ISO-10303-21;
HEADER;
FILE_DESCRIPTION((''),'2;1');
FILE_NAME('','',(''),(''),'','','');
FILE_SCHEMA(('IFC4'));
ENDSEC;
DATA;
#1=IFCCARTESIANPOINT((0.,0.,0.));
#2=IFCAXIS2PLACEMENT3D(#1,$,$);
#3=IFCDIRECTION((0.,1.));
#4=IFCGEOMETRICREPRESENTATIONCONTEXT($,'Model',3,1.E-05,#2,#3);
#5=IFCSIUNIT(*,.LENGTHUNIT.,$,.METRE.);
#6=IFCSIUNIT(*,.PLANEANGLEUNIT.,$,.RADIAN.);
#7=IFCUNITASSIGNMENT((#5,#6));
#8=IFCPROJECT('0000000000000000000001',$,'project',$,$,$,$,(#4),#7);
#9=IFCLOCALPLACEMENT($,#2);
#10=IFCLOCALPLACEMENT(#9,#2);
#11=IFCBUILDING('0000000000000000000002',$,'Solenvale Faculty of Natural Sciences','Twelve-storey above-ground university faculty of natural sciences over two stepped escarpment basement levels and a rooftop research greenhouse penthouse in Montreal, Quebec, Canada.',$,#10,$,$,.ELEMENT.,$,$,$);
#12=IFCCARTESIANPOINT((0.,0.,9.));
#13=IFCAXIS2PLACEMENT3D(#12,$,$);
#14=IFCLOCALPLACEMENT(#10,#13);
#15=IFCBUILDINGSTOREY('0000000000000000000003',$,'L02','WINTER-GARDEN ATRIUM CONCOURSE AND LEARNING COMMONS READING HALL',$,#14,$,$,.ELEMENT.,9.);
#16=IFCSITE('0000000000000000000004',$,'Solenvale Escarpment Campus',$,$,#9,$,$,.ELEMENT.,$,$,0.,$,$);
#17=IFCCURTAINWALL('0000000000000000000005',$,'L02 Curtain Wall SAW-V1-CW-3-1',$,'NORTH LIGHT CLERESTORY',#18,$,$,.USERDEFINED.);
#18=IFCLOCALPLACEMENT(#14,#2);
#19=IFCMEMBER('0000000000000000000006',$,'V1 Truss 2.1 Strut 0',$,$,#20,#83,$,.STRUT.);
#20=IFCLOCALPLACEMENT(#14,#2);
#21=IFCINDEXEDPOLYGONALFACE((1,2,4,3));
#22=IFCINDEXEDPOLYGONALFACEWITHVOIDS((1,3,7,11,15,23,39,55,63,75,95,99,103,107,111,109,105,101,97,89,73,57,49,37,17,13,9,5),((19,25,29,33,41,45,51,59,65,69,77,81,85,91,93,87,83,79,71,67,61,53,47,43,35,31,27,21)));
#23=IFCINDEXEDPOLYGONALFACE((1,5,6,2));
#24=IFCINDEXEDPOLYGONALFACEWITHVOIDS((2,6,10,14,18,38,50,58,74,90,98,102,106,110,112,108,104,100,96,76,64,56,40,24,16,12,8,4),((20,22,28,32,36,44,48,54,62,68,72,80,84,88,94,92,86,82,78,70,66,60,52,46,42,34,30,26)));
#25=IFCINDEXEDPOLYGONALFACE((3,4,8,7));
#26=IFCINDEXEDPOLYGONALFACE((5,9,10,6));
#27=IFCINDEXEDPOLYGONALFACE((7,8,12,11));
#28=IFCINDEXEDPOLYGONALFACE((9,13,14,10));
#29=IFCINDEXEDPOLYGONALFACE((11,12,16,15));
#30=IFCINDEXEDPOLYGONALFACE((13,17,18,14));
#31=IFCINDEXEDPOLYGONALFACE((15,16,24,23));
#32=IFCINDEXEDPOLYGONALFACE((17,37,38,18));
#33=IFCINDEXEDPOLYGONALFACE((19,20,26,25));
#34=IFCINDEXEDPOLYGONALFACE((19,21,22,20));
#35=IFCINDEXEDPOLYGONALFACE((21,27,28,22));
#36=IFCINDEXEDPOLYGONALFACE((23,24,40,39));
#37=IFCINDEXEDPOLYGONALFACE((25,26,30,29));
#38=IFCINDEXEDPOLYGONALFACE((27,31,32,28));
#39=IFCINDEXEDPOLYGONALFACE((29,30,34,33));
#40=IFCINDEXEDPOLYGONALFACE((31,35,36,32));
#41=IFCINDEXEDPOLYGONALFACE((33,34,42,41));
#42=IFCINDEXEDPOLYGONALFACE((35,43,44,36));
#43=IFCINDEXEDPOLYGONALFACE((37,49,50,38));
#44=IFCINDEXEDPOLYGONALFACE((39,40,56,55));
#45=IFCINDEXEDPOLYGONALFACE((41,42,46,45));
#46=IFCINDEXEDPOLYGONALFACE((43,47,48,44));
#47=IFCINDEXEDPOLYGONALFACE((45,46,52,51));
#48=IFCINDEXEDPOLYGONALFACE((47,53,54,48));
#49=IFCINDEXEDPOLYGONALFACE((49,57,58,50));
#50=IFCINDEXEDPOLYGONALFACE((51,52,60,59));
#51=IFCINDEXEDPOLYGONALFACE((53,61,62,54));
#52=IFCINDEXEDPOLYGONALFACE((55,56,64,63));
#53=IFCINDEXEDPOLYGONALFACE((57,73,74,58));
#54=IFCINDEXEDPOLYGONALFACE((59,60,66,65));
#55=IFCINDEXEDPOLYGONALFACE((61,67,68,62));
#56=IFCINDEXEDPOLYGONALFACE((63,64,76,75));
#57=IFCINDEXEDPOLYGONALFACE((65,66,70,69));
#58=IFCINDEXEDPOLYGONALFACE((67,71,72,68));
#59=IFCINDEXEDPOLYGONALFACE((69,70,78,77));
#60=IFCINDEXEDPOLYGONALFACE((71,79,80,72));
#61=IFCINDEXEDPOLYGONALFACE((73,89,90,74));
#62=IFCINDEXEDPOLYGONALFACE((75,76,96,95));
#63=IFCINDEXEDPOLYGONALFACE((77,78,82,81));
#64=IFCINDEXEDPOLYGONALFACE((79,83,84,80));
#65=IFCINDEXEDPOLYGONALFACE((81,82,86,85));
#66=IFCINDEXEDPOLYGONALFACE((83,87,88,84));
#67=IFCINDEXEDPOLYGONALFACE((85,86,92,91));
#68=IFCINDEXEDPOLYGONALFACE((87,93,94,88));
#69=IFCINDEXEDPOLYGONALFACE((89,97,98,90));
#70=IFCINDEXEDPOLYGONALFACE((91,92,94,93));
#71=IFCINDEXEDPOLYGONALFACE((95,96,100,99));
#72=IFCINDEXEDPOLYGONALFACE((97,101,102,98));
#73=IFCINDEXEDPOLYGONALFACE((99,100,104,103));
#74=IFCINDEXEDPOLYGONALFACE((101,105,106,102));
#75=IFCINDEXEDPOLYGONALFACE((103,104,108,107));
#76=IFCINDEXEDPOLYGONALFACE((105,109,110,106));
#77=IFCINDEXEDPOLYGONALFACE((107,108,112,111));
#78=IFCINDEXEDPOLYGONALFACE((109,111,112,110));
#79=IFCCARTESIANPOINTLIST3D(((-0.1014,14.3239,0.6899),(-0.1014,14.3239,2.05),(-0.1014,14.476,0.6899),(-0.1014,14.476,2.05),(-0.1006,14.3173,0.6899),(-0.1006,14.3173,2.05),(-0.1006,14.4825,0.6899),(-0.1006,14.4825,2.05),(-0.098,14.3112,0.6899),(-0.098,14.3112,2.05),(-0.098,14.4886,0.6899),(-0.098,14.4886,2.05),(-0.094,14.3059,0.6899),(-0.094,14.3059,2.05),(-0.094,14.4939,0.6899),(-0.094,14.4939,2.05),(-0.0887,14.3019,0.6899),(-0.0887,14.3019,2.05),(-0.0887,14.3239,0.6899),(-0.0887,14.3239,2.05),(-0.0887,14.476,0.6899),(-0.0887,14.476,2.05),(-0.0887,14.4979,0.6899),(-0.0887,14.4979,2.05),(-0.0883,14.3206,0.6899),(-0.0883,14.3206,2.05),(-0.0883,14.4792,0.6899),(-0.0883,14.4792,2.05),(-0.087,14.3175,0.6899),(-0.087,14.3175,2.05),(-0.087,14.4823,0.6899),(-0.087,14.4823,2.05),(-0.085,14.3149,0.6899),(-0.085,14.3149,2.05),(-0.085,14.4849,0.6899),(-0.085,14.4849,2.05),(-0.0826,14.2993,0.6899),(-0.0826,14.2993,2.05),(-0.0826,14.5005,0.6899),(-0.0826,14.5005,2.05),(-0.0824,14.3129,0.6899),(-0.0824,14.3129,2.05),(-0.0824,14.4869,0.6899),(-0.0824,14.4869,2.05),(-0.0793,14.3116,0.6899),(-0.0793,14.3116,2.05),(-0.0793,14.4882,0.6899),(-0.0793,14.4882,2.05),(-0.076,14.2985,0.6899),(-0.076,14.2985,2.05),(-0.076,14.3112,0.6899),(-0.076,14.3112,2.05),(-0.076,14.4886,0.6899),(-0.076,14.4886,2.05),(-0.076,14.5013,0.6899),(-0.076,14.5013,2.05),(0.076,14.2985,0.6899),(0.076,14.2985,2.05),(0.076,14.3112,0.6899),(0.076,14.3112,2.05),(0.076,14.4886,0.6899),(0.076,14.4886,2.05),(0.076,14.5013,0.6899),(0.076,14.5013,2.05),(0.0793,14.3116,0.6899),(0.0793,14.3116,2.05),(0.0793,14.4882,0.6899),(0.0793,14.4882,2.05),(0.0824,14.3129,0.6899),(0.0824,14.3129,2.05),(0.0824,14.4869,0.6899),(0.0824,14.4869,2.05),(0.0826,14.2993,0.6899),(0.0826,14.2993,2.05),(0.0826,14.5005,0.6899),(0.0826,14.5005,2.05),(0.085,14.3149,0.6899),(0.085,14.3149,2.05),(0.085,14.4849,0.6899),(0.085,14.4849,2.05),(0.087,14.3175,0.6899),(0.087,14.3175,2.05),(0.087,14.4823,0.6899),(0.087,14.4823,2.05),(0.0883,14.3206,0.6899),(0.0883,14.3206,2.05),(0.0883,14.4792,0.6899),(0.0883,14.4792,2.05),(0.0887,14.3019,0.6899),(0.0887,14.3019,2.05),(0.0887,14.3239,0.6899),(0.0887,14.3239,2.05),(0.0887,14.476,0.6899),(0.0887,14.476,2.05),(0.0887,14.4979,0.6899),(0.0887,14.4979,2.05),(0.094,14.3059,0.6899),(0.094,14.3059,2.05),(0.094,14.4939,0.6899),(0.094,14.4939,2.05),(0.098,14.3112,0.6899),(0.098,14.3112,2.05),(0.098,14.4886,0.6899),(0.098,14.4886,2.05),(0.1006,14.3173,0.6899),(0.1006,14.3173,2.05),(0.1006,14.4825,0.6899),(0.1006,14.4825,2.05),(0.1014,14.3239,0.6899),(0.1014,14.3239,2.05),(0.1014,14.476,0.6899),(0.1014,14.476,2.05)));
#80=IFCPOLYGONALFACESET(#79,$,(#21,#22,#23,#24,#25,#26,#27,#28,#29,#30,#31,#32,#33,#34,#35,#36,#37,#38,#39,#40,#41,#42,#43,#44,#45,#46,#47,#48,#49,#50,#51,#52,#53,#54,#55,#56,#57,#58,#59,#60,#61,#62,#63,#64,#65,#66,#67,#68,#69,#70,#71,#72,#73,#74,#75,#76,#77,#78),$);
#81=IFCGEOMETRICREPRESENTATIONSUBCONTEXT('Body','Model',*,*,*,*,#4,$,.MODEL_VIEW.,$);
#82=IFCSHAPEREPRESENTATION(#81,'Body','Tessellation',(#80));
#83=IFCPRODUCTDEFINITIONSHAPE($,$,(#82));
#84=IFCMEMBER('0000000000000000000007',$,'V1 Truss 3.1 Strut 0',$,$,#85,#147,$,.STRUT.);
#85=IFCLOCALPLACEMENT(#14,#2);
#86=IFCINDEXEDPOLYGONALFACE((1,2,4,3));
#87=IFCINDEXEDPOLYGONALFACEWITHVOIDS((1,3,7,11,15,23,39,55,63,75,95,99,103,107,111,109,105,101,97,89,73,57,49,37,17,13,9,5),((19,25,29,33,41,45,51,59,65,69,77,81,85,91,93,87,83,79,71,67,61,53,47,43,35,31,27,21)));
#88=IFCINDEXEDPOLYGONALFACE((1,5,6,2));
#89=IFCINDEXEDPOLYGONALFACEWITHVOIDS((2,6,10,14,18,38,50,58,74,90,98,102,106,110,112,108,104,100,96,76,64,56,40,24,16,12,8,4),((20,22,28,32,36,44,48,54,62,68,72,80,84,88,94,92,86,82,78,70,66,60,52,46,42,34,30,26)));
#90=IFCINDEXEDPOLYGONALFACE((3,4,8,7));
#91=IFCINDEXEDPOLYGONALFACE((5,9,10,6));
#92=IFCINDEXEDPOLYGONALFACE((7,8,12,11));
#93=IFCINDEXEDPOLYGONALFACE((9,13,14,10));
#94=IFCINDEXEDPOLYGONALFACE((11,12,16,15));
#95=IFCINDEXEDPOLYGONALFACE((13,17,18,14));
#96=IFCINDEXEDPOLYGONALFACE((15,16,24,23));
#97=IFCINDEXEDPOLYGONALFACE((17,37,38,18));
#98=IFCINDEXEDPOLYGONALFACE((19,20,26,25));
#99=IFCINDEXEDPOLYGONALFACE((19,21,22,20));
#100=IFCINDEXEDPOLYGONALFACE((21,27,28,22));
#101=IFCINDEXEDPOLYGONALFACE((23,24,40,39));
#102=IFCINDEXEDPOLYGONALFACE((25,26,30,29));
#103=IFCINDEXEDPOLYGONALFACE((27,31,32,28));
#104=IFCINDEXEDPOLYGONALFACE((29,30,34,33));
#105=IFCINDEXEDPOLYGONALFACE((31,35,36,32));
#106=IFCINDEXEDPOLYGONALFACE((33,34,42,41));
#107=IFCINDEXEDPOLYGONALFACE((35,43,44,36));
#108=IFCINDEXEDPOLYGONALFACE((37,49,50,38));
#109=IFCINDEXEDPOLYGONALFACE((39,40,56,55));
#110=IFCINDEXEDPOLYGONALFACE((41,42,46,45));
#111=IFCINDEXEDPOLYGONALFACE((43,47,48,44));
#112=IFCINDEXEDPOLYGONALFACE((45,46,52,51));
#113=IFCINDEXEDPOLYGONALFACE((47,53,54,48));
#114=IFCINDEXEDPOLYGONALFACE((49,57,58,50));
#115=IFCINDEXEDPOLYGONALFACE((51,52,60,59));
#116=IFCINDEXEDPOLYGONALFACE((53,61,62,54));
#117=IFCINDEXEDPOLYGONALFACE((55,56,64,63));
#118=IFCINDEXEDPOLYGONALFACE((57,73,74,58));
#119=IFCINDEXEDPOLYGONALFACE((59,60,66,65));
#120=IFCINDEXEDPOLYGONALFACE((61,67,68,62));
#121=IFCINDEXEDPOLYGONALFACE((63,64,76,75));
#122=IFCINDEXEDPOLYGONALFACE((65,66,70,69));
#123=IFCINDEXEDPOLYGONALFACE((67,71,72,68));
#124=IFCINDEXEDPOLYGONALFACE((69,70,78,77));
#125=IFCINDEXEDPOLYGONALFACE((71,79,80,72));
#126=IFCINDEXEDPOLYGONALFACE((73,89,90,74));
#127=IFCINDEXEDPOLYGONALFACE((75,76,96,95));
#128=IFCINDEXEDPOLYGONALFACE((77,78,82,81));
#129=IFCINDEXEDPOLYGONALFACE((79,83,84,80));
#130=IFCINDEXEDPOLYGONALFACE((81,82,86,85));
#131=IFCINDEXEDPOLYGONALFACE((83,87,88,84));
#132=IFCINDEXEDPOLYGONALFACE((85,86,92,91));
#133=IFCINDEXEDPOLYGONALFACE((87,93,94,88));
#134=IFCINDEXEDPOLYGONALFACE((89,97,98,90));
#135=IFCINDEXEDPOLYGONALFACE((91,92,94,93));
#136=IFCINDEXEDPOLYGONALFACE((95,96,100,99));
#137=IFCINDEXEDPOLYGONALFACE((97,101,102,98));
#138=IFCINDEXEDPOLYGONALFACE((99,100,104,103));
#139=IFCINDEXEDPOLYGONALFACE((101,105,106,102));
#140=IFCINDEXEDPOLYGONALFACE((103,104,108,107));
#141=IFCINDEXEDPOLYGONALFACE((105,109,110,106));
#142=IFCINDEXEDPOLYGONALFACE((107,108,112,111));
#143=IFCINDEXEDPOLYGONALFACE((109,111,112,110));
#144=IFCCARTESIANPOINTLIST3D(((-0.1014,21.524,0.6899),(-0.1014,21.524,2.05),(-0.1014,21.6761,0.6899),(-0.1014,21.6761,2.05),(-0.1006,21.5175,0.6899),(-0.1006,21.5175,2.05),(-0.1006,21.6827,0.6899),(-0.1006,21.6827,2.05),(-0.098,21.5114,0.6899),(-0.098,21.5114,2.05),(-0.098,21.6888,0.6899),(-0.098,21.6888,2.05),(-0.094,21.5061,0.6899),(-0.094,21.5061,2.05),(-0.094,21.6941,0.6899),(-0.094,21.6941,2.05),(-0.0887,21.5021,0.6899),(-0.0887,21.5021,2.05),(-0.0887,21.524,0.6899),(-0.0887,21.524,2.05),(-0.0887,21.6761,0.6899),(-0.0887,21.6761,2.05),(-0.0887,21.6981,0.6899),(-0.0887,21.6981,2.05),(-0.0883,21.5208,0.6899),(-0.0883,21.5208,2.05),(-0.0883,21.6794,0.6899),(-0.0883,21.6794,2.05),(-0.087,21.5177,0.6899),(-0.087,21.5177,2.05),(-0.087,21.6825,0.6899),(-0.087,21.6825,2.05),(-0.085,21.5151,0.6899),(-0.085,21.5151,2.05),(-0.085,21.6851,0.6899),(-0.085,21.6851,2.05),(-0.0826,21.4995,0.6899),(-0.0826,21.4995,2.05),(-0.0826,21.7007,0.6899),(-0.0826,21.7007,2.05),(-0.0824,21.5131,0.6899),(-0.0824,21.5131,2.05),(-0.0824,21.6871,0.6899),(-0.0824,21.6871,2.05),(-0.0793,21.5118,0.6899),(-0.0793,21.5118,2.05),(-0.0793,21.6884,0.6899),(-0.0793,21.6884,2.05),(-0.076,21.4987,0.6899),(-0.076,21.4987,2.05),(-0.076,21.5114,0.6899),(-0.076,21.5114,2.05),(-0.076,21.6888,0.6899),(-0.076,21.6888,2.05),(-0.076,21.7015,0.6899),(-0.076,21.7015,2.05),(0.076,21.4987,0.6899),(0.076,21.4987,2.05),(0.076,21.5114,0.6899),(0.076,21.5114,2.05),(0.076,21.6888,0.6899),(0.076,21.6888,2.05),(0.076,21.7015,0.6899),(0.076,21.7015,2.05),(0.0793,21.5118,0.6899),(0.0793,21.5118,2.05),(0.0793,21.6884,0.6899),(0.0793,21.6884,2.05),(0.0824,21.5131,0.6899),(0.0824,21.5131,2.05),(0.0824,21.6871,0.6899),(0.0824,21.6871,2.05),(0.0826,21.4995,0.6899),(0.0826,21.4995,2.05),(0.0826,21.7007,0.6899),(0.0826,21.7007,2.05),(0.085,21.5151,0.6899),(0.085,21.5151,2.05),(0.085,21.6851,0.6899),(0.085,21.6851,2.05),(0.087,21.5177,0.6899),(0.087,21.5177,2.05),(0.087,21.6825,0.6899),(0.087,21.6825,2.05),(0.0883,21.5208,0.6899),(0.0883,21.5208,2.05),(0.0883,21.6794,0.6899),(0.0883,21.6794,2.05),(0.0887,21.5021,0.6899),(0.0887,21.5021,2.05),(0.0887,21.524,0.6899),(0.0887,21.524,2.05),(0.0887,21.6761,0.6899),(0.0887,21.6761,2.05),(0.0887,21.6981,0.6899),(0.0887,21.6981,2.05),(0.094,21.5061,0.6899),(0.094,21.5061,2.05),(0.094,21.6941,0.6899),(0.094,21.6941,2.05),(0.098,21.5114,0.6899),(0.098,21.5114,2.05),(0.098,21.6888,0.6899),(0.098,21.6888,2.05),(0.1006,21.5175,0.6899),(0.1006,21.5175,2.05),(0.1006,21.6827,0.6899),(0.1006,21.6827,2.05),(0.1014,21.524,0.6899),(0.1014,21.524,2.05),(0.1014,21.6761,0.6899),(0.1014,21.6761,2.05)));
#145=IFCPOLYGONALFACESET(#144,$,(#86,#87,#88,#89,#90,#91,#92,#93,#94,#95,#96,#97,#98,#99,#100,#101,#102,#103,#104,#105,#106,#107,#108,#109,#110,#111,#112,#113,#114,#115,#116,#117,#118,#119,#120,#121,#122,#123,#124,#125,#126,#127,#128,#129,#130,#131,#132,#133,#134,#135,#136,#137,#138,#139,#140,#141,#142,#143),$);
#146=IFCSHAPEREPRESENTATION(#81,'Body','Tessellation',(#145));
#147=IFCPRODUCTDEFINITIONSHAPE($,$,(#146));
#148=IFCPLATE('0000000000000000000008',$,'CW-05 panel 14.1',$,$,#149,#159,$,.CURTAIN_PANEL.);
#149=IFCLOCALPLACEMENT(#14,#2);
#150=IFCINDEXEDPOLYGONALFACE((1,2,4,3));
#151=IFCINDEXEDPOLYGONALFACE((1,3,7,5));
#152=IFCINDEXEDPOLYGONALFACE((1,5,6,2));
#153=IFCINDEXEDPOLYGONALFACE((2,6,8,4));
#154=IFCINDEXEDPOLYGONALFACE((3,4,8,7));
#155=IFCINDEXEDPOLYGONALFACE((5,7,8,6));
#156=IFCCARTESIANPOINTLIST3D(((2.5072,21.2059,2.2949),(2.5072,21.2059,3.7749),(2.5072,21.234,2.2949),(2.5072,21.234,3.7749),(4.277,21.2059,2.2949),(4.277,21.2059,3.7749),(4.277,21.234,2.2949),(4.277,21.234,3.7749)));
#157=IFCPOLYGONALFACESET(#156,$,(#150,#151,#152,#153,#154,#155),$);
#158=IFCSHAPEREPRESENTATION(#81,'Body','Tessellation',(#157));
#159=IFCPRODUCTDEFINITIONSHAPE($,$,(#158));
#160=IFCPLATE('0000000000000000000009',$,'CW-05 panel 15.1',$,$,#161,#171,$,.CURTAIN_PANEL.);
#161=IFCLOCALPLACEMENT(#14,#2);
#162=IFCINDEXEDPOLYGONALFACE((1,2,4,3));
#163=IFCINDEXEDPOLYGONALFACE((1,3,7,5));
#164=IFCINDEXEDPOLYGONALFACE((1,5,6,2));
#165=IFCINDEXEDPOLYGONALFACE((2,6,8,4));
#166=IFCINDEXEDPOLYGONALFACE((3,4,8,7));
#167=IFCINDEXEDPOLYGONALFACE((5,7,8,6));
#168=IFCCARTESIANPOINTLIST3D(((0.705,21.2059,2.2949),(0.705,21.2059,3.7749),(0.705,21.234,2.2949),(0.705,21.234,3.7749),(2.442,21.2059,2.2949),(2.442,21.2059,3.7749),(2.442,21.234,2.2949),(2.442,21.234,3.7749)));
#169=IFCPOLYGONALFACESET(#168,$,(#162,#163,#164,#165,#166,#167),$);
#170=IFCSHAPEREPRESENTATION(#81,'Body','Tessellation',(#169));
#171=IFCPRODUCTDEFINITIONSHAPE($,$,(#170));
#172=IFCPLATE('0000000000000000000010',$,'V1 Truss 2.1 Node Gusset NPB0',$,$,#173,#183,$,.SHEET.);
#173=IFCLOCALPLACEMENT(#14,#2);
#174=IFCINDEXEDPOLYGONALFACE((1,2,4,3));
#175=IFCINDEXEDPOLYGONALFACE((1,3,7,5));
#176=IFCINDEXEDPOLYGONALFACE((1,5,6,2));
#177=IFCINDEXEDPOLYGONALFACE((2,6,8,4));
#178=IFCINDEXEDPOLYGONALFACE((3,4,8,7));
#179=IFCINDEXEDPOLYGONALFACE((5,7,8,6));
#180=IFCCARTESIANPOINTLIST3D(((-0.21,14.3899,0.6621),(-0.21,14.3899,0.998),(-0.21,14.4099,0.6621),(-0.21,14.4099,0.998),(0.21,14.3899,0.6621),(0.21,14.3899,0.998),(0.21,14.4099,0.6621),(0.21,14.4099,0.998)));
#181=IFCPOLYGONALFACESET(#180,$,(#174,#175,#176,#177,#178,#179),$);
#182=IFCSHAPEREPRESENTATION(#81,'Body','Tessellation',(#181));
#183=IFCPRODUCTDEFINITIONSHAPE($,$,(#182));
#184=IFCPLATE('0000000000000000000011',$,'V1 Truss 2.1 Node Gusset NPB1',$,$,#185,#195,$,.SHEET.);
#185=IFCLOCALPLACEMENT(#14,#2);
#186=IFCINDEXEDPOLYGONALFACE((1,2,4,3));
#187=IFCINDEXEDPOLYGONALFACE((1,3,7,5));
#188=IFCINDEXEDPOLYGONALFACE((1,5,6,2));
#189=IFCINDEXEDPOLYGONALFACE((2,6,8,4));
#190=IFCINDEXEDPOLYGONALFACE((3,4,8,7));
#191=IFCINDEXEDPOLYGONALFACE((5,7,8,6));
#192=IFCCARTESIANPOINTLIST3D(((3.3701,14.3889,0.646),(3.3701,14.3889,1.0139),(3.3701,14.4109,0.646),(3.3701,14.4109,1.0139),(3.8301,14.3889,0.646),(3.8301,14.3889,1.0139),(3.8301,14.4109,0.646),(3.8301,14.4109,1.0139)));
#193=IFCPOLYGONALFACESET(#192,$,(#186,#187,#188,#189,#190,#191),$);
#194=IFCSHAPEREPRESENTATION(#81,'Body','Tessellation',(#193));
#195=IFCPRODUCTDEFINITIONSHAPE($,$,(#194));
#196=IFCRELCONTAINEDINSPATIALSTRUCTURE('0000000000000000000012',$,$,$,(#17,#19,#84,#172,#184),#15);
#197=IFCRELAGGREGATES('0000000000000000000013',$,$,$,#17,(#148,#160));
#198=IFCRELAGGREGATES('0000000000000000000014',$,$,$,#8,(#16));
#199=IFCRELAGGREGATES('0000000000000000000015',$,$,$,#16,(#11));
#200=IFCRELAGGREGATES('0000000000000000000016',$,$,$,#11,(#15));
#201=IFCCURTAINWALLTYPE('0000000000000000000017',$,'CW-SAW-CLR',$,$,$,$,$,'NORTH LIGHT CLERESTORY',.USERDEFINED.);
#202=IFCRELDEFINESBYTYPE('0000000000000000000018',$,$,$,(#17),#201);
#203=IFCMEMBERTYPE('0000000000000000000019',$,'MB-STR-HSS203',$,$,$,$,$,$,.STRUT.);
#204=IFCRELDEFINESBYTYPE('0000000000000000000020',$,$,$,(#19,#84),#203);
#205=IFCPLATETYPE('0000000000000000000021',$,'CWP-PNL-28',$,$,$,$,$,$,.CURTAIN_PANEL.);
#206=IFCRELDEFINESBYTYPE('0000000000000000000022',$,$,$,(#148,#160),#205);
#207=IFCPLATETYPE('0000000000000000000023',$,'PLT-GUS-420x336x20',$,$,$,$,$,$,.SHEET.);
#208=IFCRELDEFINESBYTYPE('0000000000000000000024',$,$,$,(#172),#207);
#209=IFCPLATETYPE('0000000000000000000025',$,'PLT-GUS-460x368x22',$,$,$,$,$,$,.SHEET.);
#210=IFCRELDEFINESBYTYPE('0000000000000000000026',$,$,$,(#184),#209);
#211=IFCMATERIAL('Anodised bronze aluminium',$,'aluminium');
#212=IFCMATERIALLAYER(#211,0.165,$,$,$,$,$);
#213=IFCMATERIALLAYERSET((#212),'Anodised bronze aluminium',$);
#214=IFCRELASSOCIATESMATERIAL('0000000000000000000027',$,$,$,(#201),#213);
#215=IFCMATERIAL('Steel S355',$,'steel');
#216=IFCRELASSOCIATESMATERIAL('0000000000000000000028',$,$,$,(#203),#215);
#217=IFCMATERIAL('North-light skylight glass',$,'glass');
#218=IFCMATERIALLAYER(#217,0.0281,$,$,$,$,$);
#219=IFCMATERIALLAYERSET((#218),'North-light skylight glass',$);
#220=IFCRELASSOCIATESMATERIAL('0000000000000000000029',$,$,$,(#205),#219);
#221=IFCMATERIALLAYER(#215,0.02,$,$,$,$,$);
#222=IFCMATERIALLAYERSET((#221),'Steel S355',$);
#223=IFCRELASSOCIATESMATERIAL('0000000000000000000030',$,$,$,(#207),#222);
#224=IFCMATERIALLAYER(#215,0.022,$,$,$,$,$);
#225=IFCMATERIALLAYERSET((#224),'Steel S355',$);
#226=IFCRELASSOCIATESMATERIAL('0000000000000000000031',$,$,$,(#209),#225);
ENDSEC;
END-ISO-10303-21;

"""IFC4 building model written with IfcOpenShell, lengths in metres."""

from ifc_helpers import new_model, si_unit, direction, frame, origin, origin_2d, place, context, subcontext, project, spatial, rectangle, hollow_rectangle, extrude, material, layer, layer_set, material_profile, profile_set, type_object, element, aggregate, save


model = new_model("IFC4")

# Units and contexts
model_context = context("Model", 3, precision=1e-05, world=origin(), true_north=direction((0.0, 1.0)))
body_context = subcontext(model_context, "Body", "Model", "MODEL_VIEW")
ifc_project = project(units=[si_unit("LENGTHUNIT", "METRE"), si_unit("PLANEANGLEUNIT", "RADIAN")], contexts=[model_context])

# Site, building, storey
site_placement = place(None, origin())
site = spatial("IfcSite", under=ifc_project, at=site_placement, Name="Solenvale Escarpment Campus", CompositionType="ELEMENT", RefElevation=0.0)
building_placement = place(site_placement, origin())
building = spatial("IfcBuilding", under=site, at=building_placement, Name="Solenvale Faculty of Natural Sciences", Description="Twelve-storey above-ground university faculty of natural sciences over two stepped escarpment basement levels and a rooftop research greenhouse penthouse in Montreal, Quebec, Canada.", CompositionType="ELEMENT")
storey_placement = place(building_placement, frame((0.0, 0.0, 9.0)))
storey = spatial("IfcBuildingStorey", under=building, at=storey_placement, Name="L02", Description="WINTER-GARDEN ATRIUM CONCOURSE AND LEARNING COMMONS READING HALL", CompositionType="ELEMENT", Elevation=9.0)

# Shared definitions
ifc_material_1 = material(Name="Steel S355", Category="steel")

# Curtain wall
ifc_material_2 = material(Name="Anodised bronze aluminium", Category="aluminium")
ifc_layer_1 = layer(ifc_material_2, 0.165)
ifc_layer_set_1 = layer_set([ifc_layer_1], Name="Anodised bronze aluminium")
curtain_wall_type = type_object("IfcCurtainWallType", Name="CW-SAW-CLR", ElementType="NORTH LIGHT CLERESTORY", PredefinedType="USERDEFINED", material=ifc_layer_set_1)
curtain_wall_placement = place(storey_placement, origin())
curtain_wall = element("IfcCurtainWall", 1, at=curtain_wall_placement, inside=storey, type_object=curtain_wall_type, Name="L02 Curtain Wall SAW-V1-CW-3-1", ObjectType="NORTH LIGHT CLERESTORY", PredefinedType="USERDEFINED")

# Members
ifc_material_profile_1 = material_profile(ifc_material_1, hollow_rectangle(XDim=0.2029, YDim=0.2029, WallThickness=0.0127, InnerFilletRadius=0.0127, OuterFilletRadius=0.0254, at=origin_2d()), Name="HSS203x203x13")
ifc_profile_set_1 = profile_set([ifc_material_profile_1], Name="Steel S355")
member_type_1 = type_object("IfcMemberType", Name="MB-STR-HSS203", PredefinedType="STRUT", material=ifc_profile_set_1)
for number, where, z_axis, x_axis, name in (
    (2, (0.0, 14.3999, 0.6899), (0.0, 0.0, 1.0), (1.0, 0.0, 0.0), "V1 Truss 2.1 Strut 0"),
    (3, (0.0, 21.6001, 0.6899), (0.0, 0.0, 1.0), (1.0, 0.0, 0.0), "V1 Truss 3.1 Strut 0"),
):
    element("IfcMember", number, at=place(storey_placement, frame(where, z_axis=z_axis, x_axis=x_axis)), inside=storey, type_object=member_type_1, Name=name, PredefinedType="STRUT", context=body_context, shape_type="SweptSolid", body=[
        extrude(hollow_rectangle(XDim=0.2029, YDim=0.2029, WallThickness=0.0127, InnerFilletRadius=0.0127, OuterFilletRadius=0.0254, at=origin_2d()), origin(), (0.0, 0.0, 1.0), 1.3601),
    ])

# Plates
ifc_material_3 = material(Name="North-light skylight glass", Category="glass")
ifc_layer_2 = layer(ifc_material_3, 0.0281)
ifc_layer_set_2 = layer_set([ifc_layer_2], Name="North-light skylight glass")
plate_type_1 = type_object("IfcPlateType", Name="CWP-PNL-28", PredefinedType="CURTAIN_PANEL", material=ifc_layer_set_2)
plate_1_placement = place(storey_placement, frame((3.3921, 21.22, 2.2949), z_axis=(0.0, 0.0, 1.0), x_axis=(-1.0, 0.0, 0.0)))
plate_1 = element("IfcPlate", 4, at=plate_1_placement, type_object=plate_type_1, Name="CW-05 panel 14.1", PredefinedType="CURTAIN_PANEL", context=body_context, shape_type="SweptSolid", body=[
    extrude(rectangle(XDim=1.7698, YDim=0.0281, at=origin_2d()), origin(), (0.0, 0.0, 1.0), 1.48),
])
plate_2_placement = place(storey_placement, frame((1.5735, 21.22, 2.2949), z_axis=(0.0, 0.0, 1.0), x_axis=(-1.0, 0.0, 0.0)))
plate_2 = element("IfcPlate", 5, at=plate_2_placement, type_object=plate_type_1, Name="CW-05 panel 15.1", PredefinedType="CURTAIN_PANEL", context=body_context, shape_type="SweptSolid", body=[
    extrude(rectangle(XDim=1.7371, YDim=0.0281, at=origin_2d()), origin(), (0.0, 0.0, 1.0), 1.48),
])
aggregate(curtain_wall, [plate_1, plate_2])

# Plates
ifc_layer_3 = layer(ifc_material_1, 0.02)
ifc_layer_set_3 = layer_set([ifc_layer_3], Name="Steel S355")
plate_type_2 = type_object("IfcPlateType", Name="PLT-GUS-420x336x20", PredefinedType="SHEET", material=ifc_layer_set_3)
plate_3_placement = place(storey_placement, frame((0.0, 14.3999, 0.6621), z_axis=(0.0, 0.0, 1.0), x_axis=(1.0, 0.0, 0.0)))
element("IfcPlate", 6, at=plate_3_placement, inside=storey, type_object=plate_type_2, Name="V1 Truss 2.1 Node Gusset NPB0", PredefinedType="SHEET", context=body_context, shape_type="SweptSolid", body=[
    extrude(rectangle(XDim=0.4199, YDim=0.02, at=origin_2d()), origin(), (0.0, 0.0, 1.0), 0.3359),
])
ifc_layer_4 = layer(ifc_material_1, 0.022)
ifc_layer_set_4 = layer_set([ifc_layer_4], Name="Steel S355")
plate_type_3 = type_object("IfcPlateType", Name="PLT-GUS-460x368x22", PredefinedType="SHEET", material=ifc_layer_set_4)
for number, where, z_axis, x_axis, name in (
    (7, (3.6001, 14.3999, 0.646), (0.0, 0.0, 1.0), (1.0, 0.0, 0.0), "V1 Truss 2.1 Node Gusset NPB1"),
):
    element("IfcPlate", number, at=place(storey_placement, frame(where, z_axis=z_axis, x_axis=x_axis)), inside=storey, type_object=plate_type_3, Name=name, PredefinedType="SHEET", context=body_context, shape_type="SweptSolid", body=[
        extrude(rectangle(XDim=0.46, YDim=0.022, at=origin_2d()), origin(), (0.0, 0.0, 1.0), 0.3679),
    ])

save(model, "model.ifc")
